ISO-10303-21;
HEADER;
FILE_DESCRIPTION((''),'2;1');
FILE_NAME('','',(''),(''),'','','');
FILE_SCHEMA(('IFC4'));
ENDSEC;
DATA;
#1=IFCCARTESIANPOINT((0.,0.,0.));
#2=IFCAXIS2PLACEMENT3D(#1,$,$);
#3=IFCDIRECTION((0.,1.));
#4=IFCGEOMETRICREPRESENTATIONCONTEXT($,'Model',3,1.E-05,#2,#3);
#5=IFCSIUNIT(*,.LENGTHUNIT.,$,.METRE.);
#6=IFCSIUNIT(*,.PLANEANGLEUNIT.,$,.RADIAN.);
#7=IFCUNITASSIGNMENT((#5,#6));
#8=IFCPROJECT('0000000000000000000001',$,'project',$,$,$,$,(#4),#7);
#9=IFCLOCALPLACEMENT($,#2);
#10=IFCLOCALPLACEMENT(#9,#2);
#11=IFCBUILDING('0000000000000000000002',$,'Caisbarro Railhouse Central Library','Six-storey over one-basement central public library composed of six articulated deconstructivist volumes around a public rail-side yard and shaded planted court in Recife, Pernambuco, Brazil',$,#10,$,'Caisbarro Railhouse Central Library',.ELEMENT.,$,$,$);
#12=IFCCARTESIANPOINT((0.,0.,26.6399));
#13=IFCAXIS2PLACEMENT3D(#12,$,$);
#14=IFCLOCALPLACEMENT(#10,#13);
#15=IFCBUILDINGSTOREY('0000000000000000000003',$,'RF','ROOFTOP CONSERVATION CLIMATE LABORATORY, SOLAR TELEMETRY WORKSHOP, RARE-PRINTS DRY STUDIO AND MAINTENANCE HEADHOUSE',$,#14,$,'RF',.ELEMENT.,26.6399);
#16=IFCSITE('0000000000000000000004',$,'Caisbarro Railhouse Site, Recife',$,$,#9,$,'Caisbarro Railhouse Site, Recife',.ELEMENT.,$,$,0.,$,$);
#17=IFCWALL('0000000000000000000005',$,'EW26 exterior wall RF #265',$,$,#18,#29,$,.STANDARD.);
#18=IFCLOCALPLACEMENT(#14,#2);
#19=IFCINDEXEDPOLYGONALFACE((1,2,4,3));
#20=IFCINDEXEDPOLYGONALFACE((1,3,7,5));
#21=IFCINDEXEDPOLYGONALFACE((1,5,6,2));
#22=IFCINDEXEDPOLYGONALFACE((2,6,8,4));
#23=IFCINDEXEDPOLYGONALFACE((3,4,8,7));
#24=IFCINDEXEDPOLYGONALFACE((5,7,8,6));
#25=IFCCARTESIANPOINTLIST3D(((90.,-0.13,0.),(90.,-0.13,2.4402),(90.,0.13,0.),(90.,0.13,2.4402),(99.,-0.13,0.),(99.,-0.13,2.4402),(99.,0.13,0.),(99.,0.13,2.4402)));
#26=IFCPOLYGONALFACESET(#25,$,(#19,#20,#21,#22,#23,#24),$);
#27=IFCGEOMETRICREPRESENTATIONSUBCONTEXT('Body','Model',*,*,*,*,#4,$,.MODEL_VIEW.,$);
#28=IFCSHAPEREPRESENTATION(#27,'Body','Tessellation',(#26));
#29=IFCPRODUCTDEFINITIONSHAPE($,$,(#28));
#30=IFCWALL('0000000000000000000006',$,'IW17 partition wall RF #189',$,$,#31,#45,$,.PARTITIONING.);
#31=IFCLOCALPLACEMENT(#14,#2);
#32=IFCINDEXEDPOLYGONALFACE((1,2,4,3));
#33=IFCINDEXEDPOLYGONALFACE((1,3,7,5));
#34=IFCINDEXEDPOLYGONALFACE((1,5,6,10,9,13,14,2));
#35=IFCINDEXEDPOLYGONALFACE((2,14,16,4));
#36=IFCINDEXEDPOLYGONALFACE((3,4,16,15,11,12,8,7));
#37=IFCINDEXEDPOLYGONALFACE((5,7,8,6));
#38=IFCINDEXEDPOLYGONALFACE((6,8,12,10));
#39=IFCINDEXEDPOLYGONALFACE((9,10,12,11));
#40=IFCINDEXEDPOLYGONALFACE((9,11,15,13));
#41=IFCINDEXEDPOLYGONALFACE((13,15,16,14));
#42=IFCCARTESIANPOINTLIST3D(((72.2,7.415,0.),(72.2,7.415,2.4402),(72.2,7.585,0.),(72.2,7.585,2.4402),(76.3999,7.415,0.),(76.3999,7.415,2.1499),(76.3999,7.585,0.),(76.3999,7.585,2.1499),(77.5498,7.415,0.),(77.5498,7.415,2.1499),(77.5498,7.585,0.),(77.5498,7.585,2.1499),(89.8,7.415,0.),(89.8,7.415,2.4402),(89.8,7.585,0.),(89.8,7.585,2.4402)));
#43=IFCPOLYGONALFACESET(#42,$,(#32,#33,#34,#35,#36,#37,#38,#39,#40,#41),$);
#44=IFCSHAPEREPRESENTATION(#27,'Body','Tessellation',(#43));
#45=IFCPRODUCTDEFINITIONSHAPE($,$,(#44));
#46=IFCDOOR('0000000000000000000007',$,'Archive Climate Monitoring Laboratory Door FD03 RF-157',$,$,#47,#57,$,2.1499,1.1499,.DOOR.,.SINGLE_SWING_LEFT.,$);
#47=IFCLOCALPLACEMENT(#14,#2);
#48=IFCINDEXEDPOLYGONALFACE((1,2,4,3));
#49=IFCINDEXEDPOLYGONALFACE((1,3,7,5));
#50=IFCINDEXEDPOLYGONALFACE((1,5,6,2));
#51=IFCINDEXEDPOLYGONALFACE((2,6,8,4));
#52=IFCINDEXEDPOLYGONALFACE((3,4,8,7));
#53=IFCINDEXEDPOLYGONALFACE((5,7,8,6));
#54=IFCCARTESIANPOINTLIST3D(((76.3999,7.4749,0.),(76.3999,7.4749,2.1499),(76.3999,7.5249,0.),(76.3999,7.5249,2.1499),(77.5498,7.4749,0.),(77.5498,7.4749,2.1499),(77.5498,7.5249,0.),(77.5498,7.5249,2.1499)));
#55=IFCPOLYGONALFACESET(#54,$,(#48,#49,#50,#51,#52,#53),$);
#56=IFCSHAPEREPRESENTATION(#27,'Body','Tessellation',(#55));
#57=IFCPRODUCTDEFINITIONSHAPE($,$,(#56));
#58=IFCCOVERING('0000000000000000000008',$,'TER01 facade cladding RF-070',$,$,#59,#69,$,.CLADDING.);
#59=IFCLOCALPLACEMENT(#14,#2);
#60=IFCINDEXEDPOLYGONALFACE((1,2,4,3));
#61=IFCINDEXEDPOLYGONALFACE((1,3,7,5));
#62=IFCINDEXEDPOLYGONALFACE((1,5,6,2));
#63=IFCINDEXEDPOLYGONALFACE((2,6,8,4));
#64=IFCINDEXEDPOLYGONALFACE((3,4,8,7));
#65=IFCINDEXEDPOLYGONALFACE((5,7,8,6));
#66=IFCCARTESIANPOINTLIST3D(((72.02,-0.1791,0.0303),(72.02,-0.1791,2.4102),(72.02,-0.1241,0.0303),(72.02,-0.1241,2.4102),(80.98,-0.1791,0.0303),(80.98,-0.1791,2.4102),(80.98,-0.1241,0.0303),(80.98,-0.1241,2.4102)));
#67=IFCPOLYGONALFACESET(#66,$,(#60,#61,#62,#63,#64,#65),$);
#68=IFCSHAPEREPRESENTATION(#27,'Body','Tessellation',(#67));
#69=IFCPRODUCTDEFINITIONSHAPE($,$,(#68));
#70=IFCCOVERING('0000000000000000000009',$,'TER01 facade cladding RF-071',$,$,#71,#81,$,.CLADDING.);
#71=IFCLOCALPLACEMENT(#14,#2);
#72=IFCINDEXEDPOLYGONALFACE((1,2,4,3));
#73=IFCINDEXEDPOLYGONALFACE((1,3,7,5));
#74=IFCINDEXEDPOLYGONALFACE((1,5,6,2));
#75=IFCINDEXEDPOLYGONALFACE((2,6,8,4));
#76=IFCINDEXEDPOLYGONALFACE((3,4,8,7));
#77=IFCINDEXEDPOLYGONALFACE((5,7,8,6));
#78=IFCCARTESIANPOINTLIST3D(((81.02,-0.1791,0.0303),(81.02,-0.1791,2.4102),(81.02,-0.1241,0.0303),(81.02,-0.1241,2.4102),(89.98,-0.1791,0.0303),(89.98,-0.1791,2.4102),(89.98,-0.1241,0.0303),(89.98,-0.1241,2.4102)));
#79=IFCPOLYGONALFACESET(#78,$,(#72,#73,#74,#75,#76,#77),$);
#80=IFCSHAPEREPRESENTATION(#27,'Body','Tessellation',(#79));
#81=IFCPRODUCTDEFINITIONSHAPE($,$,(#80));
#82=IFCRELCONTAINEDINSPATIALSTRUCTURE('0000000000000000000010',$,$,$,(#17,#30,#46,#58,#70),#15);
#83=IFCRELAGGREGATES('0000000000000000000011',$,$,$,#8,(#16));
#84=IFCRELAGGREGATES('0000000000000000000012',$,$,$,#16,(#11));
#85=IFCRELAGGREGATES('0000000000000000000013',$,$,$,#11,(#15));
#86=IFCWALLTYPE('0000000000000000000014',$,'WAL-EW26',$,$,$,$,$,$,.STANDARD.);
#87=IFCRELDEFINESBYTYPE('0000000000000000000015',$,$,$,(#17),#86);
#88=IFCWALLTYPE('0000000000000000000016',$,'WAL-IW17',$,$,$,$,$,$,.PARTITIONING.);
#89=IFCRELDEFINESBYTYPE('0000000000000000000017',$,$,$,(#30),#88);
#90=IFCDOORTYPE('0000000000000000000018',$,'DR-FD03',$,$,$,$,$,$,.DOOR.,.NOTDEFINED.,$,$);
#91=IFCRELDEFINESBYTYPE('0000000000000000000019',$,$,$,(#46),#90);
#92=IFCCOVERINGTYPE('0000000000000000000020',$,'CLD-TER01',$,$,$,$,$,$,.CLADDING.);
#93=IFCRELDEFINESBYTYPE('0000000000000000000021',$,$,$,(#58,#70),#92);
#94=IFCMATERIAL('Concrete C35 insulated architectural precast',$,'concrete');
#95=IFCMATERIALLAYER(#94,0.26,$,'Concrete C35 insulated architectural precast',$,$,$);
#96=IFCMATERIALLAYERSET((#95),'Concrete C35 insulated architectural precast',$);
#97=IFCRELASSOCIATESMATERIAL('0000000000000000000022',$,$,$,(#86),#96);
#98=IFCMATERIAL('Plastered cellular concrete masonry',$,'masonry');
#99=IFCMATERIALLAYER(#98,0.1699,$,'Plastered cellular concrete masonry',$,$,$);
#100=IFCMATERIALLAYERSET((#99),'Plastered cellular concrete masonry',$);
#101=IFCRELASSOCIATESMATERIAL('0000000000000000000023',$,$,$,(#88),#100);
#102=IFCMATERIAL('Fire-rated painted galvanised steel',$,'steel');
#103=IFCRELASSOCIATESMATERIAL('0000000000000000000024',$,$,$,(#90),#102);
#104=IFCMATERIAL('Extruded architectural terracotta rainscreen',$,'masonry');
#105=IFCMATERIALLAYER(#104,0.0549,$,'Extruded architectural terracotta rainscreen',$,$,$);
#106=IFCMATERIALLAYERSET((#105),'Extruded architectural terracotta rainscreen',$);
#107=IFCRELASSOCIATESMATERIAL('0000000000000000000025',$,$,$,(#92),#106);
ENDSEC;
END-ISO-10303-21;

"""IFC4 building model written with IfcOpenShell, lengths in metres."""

from ifc_helpers import new_model, si_unit, direction, frame, frame_2d, origin, origin_2d, place, context, subcontext, project, spatial, rectangle, extrude, material, layer, layer_set, type_object, element, fill, save


model = new_model("IFC4")

# Units and contexts
model_context = context("Model", 3, precision=1e-05, world=origin(), true_north=direction((0.0, 1.0)))
body_context = subcontext(model_context, "Body", "Model", "MODEL_VIEW")
ifc_project = project(units=[si_unit("LENGTHUNIT", "METRE"), si_unit("PLANEANGLEUNIT", "RADIAN")], contexts=[model_context])

# Site, building, storey
site_placement = place(None, origin())
site = spatial("IfcSite", under=ifc_project, at=site_placement, Name="Caisbarro Railhouse Site, Recife", LongName="Caisbarro Railhouse Site, Recife", CompositionType="ELEMENT", RefElevation=0.0)
building_placement = place(site_placement, origin())
building = spatial("IfcBuilding", under=site, at=building_placement, Name="Caisbarro Railhouse Central Library", Description="Six-storey over one-basement central public library composed of six articulated deconstructivist volumes around a public rail-side yard and shaded planted court in Recife, Pernambuco, Brazil", LongName="Caisbarro Railhouse Central Library", CompositionType="ELEMENT")
storey_placement = place(building_placement, frame((0.0, 0.0, 26.6399)))
storey = spatial("IfcBuildingStorey", under=building, at=storey_placement, Name="RF", Description="ROOFTOP CONSERVATION CLIMATE LABORATORY, SOLAR TELEMETRY WORKSHOP, RARE-PRINTS DRY STUDIO AND MAINTENANCE HEADHOUSE", LongName="RF", CompositionType="ELEMENT", Elevation=26.6399)

# Wall
ifc_material_1 = material(Name="Concrete C35 insulated architectural precast", Category="concrete")
ifc_layer_1 = layer(ifc_material_1, 0.26, Name="Concrete C35 insulated architectural precast")
ifc_layer_set_1 = layer_set([ifc_layer_1], Name="Concrete C35 insulated architectural precast")
wall_type_1 = type_object("IfcWallType", Name="WAL-EW26", PredefinedType="STANDARD", material=ifc_layer_set_1)
for number, where, z_axis, x_axis, name in (
    (1, (90.0, 0.0, 0.0), (0.0, 0.0, 1.0), (1.0, 0.0, 0.0), "EW26 exterior wall RF #265"),
):
    element("IfcWall", number, at=place(storey_placement, frame(where, z_axis=z_axis, x_axis=x_axis)), inside=storey, type_object=wall_type_1, Name=name, PredefinedType="STANDARD", context=body_context, shape_type="SweptSolid", body=[
        extrude(rectangle(XDim=9.0, YDim=0.26, at=frame_2d((4.5, 0.0))), origin(), (0.0, 0.0, 1.0), 2.4402),
    ])

# Wall, opening, door
ifc_material_2 = material(Name="Plastered cellular concrete masonry", Category="masonry")
ifc_layer_2 = layer(ifc_material_2, 0.1699, Name="Plastered cellular concrete masonry")
ifc_layer_set_2 = layer_set([ifc_layer_2], Name="Plastered cellular concrete masonry")
wall_type_2 = type_object("IfcWallType", Name="WAL-IW17", PredefinedType="PARTITIONING", material=ifc_layer_set_2)
wall_placement = place(storey_placement, frame((72.2, 7.5, 0.0), z_axis=(0.0, 0.0, 1.0), x_axis=(1.0, 0.0, 0.0)))
wall = element("IfcWall", 2, at=wall_placement, inside=storey, type_object=wall_type_2, Name="IW17 partition wall RF #189", PredefinedType="PARTITIONING", context=body_context, shape_type="SweptSolid", body=[
    extrude(rectangle(XDim=17.6001, YDim=0.1699, at=frame_2d((8.8, 0.0))), origin(), (0.0, 0.0, 1.0), 2.4402),
])
opening_placement = place(wall_placement, frame((4.2, 0.0, 0.0)))
opening = element("IfcOpeningElement", 3, at=opening_placement, cuts=wall, PredefinedType="OPENING", context=body_context, shape_type="SweptSolid", body=[
    extrude(rectangle(XDim=1.1499, YDim=2.1499, at=frame_2d((0.575, 1.075))), frame((0.0, 0.095, 0.0), z_axis=(0.0, -1.0, 0.0), x_axis=(1.0, 0.0, 0.0)), (0.0, 0.0, 1.0), 0.1899),
])
ifc_material_3 = material(Name="Fire-rated painted galvanised steel", Category="steel")
door_type = type_object("IfcDoorType", Name="DR-FD03", OperationType="NOTDEFINED", PredefinedType="DOOR", material=ifc_material_3)
door_placement = place(opening_placement, origin())
door = element("IfcDoor", 4, at=door_placement, inside=storey, type_object=door_type, Name="Archive Climate Monitoring Laboratory Door FD03 RF-157", OperationType="SINGLE_SWING_LEFT", OverallHeight=2.1499, OverallWidth=1.1499, PredefinedType="DOOR", context=body_context, shape_type="SweptSolid", body=[
    extrude(rectangle(XDim=1.1499, YDim=2.1499, at=frame_2d((0.575, 1.075))), frame((0.0, 0.0249, 0.0), z_axis=(0.0, -1.0, 0.0), x_axis=(1.0, 0.0, 0.0)), (0.0, 0.0, 1.0), 0.05),
])
fill(opening, door)

# Coverings
ifc_material_4 = material(Name="Extruded architectural terracotta rainscreen", Category="masonry")
ifc_layer_3 = layer(ifc_material_4, 0.0549, Name="Extruded architectural terracotta rainscreen")
ifc_layer_set_3 = layer_set([ifc_layer_3], Name="Extruded architectural terracotta rainscreen")
covering_type = type_object("IfcCoveringType", Name="CLD-TER01", PredefinedType="CLADDING", material=ifc_layer_set_3)
for number, where, z_axis, x_axis, name in (
    (5, (76.5, -0.1516, 0.0303), (0.0, 0.0, 1.0), (1.0, 0.0, 0.0), "TER01 facade cladding RF-070"),
    (6, (85.5, -0.1516, 0.0303), (0.0, 0.0, 1.0), (1.0, 0.0, 0.0), "TER01 facade cladding RF-071"),
):
    element("IfcCovering", number, at=place(storey_placement, frame(where, z_axis=z_axis, x_axis=x_axis)), inside=storey, type_object=covering_type, Name=name, PredefinedType="CLADDING", context=body_context, shape_type="SweptSolid", body=[
        extrude(rectangle(XDim=8.96, YDim=0.0549, at=origin_2d()), origin(), (0.0, 0.0, 1.0), 2.3799),
    ])

save(model, "model.ifc")
